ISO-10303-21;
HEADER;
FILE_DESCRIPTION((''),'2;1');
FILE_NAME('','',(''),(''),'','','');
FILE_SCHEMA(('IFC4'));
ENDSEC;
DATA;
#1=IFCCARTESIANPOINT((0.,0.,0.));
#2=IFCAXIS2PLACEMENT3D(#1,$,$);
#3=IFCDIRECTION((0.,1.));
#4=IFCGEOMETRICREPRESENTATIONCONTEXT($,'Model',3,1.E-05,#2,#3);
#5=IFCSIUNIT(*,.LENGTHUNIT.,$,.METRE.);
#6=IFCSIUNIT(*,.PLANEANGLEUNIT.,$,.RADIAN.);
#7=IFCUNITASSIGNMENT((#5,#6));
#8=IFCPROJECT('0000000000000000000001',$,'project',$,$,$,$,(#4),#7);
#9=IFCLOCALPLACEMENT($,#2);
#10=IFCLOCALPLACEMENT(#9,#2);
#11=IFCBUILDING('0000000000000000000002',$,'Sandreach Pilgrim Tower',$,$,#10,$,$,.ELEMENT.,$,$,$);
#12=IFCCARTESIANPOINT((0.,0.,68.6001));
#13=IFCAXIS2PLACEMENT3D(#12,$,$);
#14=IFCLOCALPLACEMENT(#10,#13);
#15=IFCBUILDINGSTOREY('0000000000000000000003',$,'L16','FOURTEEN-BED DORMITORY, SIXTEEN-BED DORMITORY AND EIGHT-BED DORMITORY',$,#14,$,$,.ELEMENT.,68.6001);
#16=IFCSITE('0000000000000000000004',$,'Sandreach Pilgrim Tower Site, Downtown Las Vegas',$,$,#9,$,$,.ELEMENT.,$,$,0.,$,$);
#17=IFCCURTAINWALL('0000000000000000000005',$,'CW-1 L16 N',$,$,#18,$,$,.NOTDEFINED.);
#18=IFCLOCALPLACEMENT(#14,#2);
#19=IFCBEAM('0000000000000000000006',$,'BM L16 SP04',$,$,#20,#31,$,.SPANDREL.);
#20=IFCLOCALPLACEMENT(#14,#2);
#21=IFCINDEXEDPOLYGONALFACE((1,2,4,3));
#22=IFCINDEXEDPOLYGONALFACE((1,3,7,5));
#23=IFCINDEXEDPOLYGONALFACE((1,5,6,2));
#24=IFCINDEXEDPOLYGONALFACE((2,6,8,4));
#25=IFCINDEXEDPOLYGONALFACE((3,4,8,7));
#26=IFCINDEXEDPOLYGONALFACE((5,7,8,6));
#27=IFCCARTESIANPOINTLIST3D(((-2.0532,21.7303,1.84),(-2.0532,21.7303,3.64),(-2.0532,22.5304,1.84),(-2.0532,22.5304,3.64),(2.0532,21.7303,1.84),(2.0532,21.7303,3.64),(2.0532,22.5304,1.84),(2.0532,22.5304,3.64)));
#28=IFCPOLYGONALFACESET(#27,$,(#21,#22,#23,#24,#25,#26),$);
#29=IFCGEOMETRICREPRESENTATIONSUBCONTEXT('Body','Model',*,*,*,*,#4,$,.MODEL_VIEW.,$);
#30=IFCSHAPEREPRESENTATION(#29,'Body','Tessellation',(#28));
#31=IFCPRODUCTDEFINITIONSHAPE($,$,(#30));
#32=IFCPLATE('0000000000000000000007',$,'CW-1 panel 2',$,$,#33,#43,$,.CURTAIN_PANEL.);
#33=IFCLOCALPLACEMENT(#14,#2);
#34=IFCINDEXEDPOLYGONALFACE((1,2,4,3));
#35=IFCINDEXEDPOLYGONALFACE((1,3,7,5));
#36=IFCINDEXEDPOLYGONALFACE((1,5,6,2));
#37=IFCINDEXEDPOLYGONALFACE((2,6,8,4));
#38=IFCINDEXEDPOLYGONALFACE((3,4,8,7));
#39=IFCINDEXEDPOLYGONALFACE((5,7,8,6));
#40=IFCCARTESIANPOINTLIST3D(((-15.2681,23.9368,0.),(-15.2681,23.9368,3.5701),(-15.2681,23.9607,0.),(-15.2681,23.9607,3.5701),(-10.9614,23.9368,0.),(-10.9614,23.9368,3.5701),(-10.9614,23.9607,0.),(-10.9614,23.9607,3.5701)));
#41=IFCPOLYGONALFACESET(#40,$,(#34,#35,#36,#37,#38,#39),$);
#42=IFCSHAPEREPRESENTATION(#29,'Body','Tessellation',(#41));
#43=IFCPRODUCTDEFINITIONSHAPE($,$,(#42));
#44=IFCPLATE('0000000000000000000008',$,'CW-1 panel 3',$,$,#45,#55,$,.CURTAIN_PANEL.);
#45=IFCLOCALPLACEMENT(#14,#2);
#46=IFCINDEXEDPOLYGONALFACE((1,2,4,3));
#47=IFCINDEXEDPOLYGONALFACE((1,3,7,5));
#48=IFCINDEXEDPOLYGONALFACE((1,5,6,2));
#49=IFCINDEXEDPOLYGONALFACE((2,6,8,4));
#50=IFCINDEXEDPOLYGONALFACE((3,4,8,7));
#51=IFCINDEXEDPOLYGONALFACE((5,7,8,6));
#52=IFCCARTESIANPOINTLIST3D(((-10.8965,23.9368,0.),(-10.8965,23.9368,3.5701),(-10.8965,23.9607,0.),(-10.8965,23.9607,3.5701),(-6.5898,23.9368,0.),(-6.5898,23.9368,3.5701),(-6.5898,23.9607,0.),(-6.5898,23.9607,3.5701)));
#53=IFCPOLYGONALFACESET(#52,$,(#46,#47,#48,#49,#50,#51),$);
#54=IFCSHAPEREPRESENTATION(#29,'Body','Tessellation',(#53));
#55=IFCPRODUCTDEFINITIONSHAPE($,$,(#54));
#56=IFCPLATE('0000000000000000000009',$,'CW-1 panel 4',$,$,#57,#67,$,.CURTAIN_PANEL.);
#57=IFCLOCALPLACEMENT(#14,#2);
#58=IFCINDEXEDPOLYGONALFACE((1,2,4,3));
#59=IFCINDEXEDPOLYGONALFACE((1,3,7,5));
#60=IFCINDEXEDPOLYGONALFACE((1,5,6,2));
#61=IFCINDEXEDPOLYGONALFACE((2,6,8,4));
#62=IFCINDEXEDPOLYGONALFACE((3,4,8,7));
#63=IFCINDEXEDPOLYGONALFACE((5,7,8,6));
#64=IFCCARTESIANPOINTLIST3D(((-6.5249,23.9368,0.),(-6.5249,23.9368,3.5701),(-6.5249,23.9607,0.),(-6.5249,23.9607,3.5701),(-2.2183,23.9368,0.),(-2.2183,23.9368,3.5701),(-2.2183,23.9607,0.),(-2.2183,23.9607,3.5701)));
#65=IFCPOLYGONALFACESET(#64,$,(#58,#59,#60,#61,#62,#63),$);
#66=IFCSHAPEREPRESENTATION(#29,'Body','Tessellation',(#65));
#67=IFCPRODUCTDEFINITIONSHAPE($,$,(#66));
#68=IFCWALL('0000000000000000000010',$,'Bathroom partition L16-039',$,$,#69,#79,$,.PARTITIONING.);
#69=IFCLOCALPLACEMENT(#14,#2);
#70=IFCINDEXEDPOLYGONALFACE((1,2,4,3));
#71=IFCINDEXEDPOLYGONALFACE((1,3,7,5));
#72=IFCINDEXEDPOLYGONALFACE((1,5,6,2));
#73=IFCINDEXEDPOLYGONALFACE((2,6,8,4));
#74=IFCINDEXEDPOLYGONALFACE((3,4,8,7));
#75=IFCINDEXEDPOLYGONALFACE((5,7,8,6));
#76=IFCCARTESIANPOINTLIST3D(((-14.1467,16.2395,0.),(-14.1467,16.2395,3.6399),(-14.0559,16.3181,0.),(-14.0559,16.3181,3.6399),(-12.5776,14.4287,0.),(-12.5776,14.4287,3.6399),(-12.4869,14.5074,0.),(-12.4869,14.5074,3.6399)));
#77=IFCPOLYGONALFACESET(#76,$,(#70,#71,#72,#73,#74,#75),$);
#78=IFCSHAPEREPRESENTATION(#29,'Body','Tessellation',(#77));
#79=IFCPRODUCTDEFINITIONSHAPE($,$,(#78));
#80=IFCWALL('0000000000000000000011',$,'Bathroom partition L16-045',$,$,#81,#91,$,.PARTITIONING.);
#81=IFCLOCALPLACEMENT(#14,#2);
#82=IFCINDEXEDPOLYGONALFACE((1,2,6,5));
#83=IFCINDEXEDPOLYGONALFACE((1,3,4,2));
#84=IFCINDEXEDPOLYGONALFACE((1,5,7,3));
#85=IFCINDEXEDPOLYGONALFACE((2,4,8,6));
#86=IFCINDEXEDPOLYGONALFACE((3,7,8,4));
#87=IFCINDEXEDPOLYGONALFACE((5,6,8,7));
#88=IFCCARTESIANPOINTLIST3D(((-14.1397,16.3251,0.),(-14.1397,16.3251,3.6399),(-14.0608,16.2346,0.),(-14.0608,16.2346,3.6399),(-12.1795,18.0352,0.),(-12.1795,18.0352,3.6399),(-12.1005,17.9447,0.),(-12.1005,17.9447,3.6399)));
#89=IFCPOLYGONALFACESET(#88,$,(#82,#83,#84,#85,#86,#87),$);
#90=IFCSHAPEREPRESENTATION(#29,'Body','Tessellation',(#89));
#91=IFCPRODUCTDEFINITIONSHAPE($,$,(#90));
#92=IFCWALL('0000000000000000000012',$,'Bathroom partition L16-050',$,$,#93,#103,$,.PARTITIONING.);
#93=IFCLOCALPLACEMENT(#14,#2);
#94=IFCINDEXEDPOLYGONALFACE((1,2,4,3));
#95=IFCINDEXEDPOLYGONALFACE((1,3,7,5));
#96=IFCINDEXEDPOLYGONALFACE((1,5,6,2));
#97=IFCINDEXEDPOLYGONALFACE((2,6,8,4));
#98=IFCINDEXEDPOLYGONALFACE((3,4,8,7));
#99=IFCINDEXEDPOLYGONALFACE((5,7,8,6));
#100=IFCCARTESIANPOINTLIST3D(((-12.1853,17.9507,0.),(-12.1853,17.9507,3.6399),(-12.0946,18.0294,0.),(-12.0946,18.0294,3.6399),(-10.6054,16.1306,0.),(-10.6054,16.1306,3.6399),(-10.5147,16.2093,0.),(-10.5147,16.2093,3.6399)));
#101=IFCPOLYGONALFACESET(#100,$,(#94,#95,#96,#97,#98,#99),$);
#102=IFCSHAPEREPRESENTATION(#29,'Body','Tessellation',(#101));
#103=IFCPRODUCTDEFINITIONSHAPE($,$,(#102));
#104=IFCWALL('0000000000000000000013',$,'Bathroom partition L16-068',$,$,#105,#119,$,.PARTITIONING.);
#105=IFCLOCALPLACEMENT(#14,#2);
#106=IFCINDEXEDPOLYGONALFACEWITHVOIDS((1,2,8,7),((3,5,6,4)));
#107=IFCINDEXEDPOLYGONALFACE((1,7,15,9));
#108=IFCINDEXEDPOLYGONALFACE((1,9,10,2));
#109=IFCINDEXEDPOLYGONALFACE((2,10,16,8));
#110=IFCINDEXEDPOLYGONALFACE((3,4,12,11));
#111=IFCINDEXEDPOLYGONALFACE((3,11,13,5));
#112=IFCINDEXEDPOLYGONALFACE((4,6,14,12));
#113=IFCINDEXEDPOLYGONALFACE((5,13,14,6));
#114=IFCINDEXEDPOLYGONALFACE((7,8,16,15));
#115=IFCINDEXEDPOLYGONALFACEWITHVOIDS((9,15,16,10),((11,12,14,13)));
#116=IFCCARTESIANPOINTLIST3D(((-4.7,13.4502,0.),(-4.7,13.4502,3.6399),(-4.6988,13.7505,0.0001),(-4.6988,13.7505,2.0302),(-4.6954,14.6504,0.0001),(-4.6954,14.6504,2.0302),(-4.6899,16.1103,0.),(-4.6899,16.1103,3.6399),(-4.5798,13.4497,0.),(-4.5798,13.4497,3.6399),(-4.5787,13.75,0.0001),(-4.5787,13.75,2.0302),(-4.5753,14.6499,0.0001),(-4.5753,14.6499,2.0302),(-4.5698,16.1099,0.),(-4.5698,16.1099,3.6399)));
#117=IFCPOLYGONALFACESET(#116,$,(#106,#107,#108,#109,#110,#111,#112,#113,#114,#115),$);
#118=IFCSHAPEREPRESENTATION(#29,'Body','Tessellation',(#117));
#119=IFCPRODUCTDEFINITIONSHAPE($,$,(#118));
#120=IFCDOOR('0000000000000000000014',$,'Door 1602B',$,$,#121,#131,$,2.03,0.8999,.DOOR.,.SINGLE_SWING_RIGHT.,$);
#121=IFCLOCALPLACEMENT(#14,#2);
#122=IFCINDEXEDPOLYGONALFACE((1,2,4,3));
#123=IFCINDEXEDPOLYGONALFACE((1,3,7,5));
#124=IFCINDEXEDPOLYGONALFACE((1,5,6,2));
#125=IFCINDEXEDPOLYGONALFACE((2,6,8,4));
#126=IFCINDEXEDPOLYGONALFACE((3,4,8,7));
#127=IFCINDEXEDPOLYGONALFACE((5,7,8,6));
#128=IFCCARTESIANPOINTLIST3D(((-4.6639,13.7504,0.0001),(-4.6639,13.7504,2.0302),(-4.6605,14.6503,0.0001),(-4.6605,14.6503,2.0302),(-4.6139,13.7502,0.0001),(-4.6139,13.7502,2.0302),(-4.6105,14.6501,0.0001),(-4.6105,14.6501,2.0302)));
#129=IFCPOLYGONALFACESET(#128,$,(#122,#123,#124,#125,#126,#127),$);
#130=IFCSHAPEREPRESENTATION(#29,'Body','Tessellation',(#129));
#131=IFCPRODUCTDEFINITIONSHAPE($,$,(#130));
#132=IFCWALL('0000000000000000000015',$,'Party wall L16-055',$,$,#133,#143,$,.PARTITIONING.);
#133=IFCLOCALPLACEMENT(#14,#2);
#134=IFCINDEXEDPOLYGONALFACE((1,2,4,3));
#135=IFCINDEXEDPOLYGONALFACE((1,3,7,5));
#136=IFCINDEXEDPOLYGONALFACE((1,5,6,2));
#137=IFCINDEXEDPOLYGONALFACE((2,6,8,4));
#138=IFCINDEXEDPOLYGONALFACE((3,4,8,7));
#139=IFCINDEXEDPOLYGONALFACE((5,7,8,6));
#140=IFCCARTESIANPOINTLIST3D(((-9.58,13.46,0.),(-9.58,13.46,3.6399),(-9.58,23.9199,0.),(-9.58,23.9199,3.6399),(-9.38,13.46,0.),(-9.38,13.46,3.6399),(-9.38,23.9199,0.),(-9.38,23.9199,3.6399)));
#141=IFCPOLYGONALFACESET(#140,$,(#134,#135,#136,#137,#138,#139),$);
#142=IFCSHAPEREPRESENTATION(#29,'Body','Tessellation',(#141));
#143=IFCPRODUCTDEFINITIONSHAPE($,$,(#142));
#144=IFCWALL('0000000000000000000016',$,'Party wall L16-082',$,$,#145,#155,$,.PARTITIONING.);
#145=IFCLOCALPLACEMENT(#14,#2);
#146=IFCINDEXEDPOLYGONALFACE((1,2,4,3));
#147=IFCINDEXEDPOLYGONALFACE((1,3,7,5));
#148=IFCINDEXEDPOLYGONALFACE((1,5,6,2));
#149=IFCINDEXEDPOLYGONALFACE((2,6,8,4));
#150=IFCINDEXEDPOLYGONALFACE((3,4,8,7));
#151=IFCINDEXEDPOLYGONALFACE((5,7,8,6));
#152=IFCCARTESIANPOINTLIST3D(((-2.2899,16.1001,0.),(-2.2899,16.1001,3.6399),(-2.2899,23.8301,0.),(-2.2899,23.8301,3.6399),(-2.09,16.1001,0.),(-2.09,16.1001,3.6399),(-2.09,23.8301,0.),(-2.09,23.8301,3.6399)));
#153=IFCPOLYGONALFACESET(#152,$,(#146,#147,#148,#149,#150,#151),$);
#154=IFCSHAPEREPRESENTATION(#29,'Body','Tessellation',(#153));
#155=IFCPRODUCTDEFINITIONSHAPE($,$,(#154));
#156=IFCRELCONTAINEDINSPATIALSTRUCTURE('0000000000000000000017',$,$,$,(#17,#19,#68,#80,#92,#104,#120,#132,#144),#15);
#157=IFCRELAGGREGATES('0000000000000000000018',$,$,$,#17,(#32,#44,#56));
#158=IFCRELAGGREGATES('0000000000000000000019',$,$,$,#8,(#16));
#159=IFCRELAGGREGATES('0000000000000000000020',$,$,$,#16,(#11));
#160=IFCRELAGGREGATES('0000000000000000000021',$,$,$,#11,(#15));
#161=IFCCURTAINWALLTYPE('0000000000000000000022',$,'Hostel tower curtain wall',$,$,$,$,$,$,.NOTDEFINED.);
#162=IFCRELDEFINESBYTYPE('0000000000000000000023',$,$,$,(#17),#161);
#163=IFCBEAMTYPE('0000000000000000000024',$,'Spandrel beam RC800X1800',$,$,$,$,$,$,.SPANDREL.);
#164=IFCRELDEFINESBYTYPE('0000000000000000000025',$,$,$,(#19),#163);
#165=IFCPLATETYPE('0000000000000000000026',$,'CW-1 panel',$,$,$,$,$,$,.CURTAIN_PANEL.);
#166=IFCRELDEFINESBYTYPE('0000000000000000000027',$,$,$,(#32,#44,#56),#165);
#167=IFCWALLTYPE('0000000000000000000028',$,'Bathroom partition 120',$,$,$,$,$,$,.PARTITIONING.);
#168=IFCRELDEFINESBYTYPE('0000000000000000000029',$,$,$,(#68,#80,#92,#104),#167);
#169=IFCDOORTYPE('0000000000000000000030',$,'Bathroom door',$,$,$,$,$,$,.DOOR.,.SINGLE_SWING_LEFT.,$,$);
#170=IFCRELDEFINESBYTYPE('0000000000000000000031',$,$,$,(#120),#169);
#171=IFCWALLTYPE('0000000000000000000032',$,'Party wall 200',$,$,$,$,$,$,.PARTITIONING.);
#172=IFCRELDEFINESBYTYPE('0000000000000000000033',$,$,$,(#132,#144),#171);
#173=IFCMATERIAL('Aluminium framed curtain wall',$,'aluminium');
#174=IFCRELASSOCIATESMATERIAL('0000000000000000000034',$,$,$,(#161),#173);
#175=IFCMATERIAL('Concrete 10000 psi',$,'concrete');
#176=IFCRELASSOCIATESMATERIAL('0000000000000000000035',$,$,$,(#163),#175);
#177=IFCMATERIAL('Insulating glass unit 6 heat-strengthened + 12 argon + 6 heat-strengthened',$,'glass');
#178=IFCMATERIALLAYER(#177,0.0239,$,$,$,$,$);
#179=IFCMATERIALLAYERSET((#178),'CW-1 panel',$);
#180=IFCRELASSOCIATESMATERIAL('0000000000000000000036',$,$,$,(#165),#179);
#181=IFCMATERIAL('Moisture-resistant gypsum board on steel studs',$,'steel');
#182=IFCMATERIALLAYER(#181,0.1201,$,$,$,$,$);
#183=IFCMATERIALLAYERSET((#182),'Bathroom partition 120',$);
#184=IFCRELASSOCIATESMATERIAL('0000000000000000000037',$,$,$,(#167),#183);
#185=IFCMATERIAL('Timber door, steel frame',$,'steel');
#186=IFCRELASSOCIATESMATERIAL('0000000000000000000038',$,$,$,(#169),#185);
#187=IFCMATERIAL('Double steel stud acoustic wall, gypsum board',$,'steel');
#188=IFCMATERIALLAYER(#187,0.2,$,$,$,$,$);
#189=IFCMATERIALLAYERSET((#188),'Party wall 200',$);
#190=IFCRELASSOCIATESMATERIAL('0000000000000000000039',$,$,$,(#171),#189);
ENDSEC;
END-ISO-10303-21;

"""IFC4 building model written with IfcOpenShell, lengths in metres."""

from ifc_helpers import new_model, si_unit, direction, frame, frame_2d, origin, origin_2d, place, context, subcontext, project, spatial, rectangle, extrude, material, layer, layer_set, material_profile, profile_set, type_object, element, fill, aggregate, save


model = new_model("IFC4")

# Units and contexts
model_context = context("Model", 3, precision=1e-05, world=origin(), true_north=direction((0.0, 1.0)))
body_context = subcontext(model_context, "Body", "Model", "MODEL_VIEW")
ifc_project = project(units=[si_unit("LENGTHUNIT", "METRE"), si_unit("PLANEANGLEUNIT", "RADIAN")], contexts=[model_context])

# Site, building, storey
site_placement = place(None, origin())
site = spatial("IfcSite", under=ifc_project, at=site_placement, Name="Sandreach Pilgrim Tower Site, Downtown Las Vegas", CompositionType="ELEMENT", RefElevation=0.0)
building_placement = place(site_placement, origin())
building = spatial("IfcBuilding", under=site, at=building_placement, Name="Sandreach Pilgrim Tower", CompositionType="ELEMENT")
storey_placement = place(building_placement, frame((0.0, 0.0, 68.6001)))
storey = spatial("IfcBuildingStorey", under=building, at=storey_placement, Name="L16", Description="FOURTEEN-BED DORMITORY, SIXTEEN-BED DORMITORY AND EIGHT-BED DORMITORY", CompositionType="ELEMENT", Elevation=68.6001)

# Curtain wall
ifc_material_1 = material(Name="Aluminium framed curtain wall", Category="aluminium")
curtain_wall_type = type_object("IfcCurtainWallType", Name="Hostel tower curtain wall", PredefinedType="NOTDEFINED", material=ifc_material_1)
curtain_wall_placement = place(storey_placement, origin())
curtain_wall = element("IfcCurtainWall", 1, at=curtain_wall_placement, inside=storey, type_object=curtain_wall_type, Name="CW-1 L16 N", PredefinedType="NOTDEFINED")

# Beam
ifc_material_2 = material(Name="Concrete 10000 psi", Category="concrete")
ifc_material_profile_1 = material_profile(ifc_material_2, rectangle(XDim=0.8, YDim=1.8, at=origin_2d()), Name="RC800X1800")
ifc_profile_set_1 = profile_set([ifc_material_profile_1], Name="Concrete 10000 psi")
beam_type_1 = type_object("IfcBeamType", Name="Spandrel beam RC800X1800", PredefinedType="SPANDREL", material=ifc_profile_set_1)
beam_1_placement = place(storey_placement, frame((-2.0532, 22.1304, 2.74), z_axis=(1.0, 0.0, 0.0), x_axis=(0.0, 1.0, 0.0)))
element("IfcBeam", 2, at=beam_1_placement, inside=storey, type_object=beam_type_1, Name="BM L16 SP04", PredefinedType="SPANDREL", context=body_context, shape_type="SweptSolid", body=[
    extrude(rectangle(XDim=0.8, YDim=1.8, at=origin_2d()), origin(), (0.0, 0.0, 1.0), 4.1064),
])

# Plates
ifc_material_3 = material(Name="Insulating glass unit 6 heat-strengthened + 12 argon + 6 heat-strengthened", Category="glass")
ifc_layer_1 = layer(ifc_material_3, 0.0239)
ifc_layer_set_1 = layer_set([ifc_layer_1], Name="CW-1 panel")
plate_type = type_object("IfcPlateType", Name="CW-1 panel", PredefinedType="CURTAIN_PANEL", material=ifc_layer_set_1)
plate_1_placement = place(storey_placement, frame((-13.1147, 23.9487, 0.0), z_axis=(0.0, 0.0, 1.0), x_axis=(1.0, 0.0, 0.0)))
plate_1 = element("IfcPlate", 3, at=plate_1_placement, type_object=plate_type, Name="CW-1 panel 2", PredefinedType="CURTAIN_PANEL", context=body_context, shape_type="SweptSolid", body=[
    extrude(rectangle(XDim=4.3066, YDim=0.0239, at=origin_2d()), origin(), (0.0, 0.0, 1.0), 3.5701),
])
plate_2_placement = place(storey_placement, frame((-8.7432, 23.9487, 0.0), z_axis=(0.0, 0.0, 1.0), x_axis=(1.0, 0.0, 0.0)))
plate_2 = element("IfcPlate", 4, at=plate_2_placement, type_object=plate_type, Name="CW-1 panel 3", PredefinedType="CURTAIN_PANEL", context=body_context, shape_type="SweptSolid", body=[
    extrude(rectangle(XDim=4.3066, YDim=0.0239, at=origin_2d()), origin(), (0.0, 0.0, 1.0), 3.5701),
])
plate_3_placement = place(storey_placement, frame((-4.3716, 23.9487, 0.0), z_axis=(0.0, 0.0, 1.0), x_axis=(1.0, 0.0, 0.0)))
plate_3 = element("IfcPlate", 5, at=plate_3_placement, type_object=plate_type, Name="CW-1 panel 4", PredefinedType="CURTAIN_PANEL", context=body_context, shape_type="SweptSolid", body=[
    extrude(rectangle(XDim=4.3066, YDim=0.0239, at=origin_2d()), origin(), (0.0, 0.0, 1.0), 3.5701),
])
aggregate(curtain_wall, [plate_1, plate_2, plate_3])

# Walls
ifc_material_4 = material(Name="Moisture-resistant gypsum board on steel studs", Category="steel")
ifc_layer_2 = layer(ifc_material_4, 0.1201)
ifc_layer_set_2 = layer_set([ifc_layer_2], Name="Bathroom partition 120")
wall_type_1 = type_object("IfcWallType", Name="Bathroom partition 120", PredefinedType="PARTITIONING", material=ifc_layer_set_2)
wall_1_placement = place(storey_placement, frame((-14.1013, 16.2788, 0.0), z_axis=(0.0, 0.0, 1.0), x_axis=(0.654868, -0.755743, 0.0)))
element("IfcWall", 6, at=wall_1_placement, inside=storey, type_object=wall_type_1, Name="Bathroom partition L16-039", PredefinedType="PARTITIONING", context=body_context, shape_type="SweptSolid", body=[
    extrude(rectangle(XDim=2.396, YDim=0.1201, at=frame_2d((1.198, 0.0))), origin(), (0.0, 0.0, 1.0), 3.6399),
])
wall_2_placement = place(storey_placement, frame((-12.1399, 17.99, 0.0), z_axis=(0.0, 0.0, 1.0), x_axis=(-0.75357, -0.657368, 0.0)))
element("IfcWall", 7, at=wall_2_placement, inside=storey, type_object=wall_type_1, Name="Bathroom partition L16-045", PredefinedType="PARTITIONING", context=body_context, shape_type="SweptSolid", body=[
    extrude(rectangle(XDim=2.6013, YDim=0.1201, at=frame_2d((1.3008, 0.0))), origin(), (0.0, 0.0, 1.0), 3.6399),
])
wall_3_placement = place(storey_placement, frame((-10.5601, 16.1699, 0.0), z_axis=(0.0, 0.0, 1.0), x_axis=(-0.655509, 0.755188, 0.0)))
element("IfcWall", 8, at=wall_3_placement, inside=storey, type_object=wall_type_1, Name="Bathroom partition L16-050", PredefinedType="PARTITIONING", context=body_context, shape_type="SweptSolid", body=[
    extrude(rectangle(XDim=2.4102, YDim=0.1201, at=frame_2d((1.2051, 0.0))), origin(), (0.0, 0.0, 1.0), 3.6399),
])

# Wall, opening, door
wall_4_placement = place(storey_placement, frame((-4.6299, 16.1101, 0.0), z_axis=(0.0, 0.0, 1.0), x_axis=(-0.003763, -0.999993, 0.0)))
wall_4 = element("IfcWall", 9, at=wall_4_placement, inside=storey, type_object=wall_type_1, Name="Bathroom partition L16-068", PredefinedType="PARTITIONING", context=body_context, shape_type="SweptSolid", body=[
    extrude(rectangle(XDim=2.6602, YDim=0.1201, at=frame_2d((1.3301, 0.0))), origin(), (0.0, 0.0, 1.0), 3.6399),
])
opening_placement = place(wall_4_placement, frame((1.46, 0.0, 0.0)))
opening = element("IfcOpeningElement", 10, at=opening_placement, cuts=wall_4, PredefinedType="OPENING", context=body_context, shape_type="SweptSolid", body=[
    extrude(rectangle(XDim=0.8999, YDim=2.03, at=frame_2d((0.45, 1.0151))), frame((0.0, 0.0601, 0.0), z_axis=(0.0, -1.0, 0.0), x_axis=(1.0, 0.0, 0.0)), (0.0, 0.0, 1.0), 0.1201),
])
ifc_material_5 = material(Name="Timber door, steel frame", Category="steel")
door_type = type_object("IfcDoorType", Name="Bathroom door", OperationType="SINGLE_SWING_LEFT", PredefinedType="DOOR", material=ifc_material_5)
door_placement = place(opening_placement, origin())
door = element("IfcDoor", 11, at=door_placement, inside=storey, type_object=door_type, Name="Door 1602B", OperationType="SINGLE_SWING_RIGHT", OverallHeight=2.03, OverallWidth=0.8999, PredefinedType="DOOR", context=body_context, shape_type="SweptSolid", body=[
    extrude(rectangle(XDim=0.8999, YDim=2.03, at=frame_2d((0.45, 1.0151))), frame((0.0, 0.0249, 0.0), z_axis=(0.0, -1.0, 0.0), x_axis=(1.0, 0.0, 0.0)), (0.0, 0.0, 1.0), 0.05),
])
fill(opening, door)

# Walls
ifc_material_6 = material(Name="Double steel stud acoustic wall, gypsum board", Category="steel")
ifc_layer_3 = layer(ifc_material_6, 0.2)
ifc_layer_set_3 = layer_set([ifc_layer_3], Name="Party wall 200")
wall_type_2 = type_object("IfcWallType", Name="Party wall 200", PredefinedType="PARTITIONING", material=ifc_layer_set_3)
wall_5_placement = place(storey_placement, frame((-9.48, 23.9199, 0.0), z_axis=(0.0, 0.0, 1.0), x_axis=(0.0, -1.0, 0.0)))
element("IfcWall", 12, at=wall_5_placement, inside=storey, type_object=wall_type_2, Name="Party wall L16-055", PredefinedType="PARTITIONING", context=body_context, shape_type="SweptSolid", body=[
    extrude(rectangle(XDim=10.46, YDim=0.2, at=frame_2d((5.23, 0.0))), origin(), (0.0, 0.0, 1.0), 3.6399),
])
wall_6_placement = place(storey_placement, frame((-2.1899, 23.8301, 0.0), z_axis=(0.0, 0.0, 1.0), x_axis=(0.0, -1.0, 0.0)))
element("IfcWall", 13, at=wall_6_placement, inside=storey, type_object=wall_type_2, Name="Party wall L16-082", PredefinedType="PARTITIONING", context=body_context, shape_type="SweptSolid", body=[
    extrude(rectangle(XDim=7.73, YDim=0.2, at=frame_2d((3.865, 0.0))), origin(), (0.0, 0.0, 1.0), 3.6399),
])

save(model, "model.ifc")
